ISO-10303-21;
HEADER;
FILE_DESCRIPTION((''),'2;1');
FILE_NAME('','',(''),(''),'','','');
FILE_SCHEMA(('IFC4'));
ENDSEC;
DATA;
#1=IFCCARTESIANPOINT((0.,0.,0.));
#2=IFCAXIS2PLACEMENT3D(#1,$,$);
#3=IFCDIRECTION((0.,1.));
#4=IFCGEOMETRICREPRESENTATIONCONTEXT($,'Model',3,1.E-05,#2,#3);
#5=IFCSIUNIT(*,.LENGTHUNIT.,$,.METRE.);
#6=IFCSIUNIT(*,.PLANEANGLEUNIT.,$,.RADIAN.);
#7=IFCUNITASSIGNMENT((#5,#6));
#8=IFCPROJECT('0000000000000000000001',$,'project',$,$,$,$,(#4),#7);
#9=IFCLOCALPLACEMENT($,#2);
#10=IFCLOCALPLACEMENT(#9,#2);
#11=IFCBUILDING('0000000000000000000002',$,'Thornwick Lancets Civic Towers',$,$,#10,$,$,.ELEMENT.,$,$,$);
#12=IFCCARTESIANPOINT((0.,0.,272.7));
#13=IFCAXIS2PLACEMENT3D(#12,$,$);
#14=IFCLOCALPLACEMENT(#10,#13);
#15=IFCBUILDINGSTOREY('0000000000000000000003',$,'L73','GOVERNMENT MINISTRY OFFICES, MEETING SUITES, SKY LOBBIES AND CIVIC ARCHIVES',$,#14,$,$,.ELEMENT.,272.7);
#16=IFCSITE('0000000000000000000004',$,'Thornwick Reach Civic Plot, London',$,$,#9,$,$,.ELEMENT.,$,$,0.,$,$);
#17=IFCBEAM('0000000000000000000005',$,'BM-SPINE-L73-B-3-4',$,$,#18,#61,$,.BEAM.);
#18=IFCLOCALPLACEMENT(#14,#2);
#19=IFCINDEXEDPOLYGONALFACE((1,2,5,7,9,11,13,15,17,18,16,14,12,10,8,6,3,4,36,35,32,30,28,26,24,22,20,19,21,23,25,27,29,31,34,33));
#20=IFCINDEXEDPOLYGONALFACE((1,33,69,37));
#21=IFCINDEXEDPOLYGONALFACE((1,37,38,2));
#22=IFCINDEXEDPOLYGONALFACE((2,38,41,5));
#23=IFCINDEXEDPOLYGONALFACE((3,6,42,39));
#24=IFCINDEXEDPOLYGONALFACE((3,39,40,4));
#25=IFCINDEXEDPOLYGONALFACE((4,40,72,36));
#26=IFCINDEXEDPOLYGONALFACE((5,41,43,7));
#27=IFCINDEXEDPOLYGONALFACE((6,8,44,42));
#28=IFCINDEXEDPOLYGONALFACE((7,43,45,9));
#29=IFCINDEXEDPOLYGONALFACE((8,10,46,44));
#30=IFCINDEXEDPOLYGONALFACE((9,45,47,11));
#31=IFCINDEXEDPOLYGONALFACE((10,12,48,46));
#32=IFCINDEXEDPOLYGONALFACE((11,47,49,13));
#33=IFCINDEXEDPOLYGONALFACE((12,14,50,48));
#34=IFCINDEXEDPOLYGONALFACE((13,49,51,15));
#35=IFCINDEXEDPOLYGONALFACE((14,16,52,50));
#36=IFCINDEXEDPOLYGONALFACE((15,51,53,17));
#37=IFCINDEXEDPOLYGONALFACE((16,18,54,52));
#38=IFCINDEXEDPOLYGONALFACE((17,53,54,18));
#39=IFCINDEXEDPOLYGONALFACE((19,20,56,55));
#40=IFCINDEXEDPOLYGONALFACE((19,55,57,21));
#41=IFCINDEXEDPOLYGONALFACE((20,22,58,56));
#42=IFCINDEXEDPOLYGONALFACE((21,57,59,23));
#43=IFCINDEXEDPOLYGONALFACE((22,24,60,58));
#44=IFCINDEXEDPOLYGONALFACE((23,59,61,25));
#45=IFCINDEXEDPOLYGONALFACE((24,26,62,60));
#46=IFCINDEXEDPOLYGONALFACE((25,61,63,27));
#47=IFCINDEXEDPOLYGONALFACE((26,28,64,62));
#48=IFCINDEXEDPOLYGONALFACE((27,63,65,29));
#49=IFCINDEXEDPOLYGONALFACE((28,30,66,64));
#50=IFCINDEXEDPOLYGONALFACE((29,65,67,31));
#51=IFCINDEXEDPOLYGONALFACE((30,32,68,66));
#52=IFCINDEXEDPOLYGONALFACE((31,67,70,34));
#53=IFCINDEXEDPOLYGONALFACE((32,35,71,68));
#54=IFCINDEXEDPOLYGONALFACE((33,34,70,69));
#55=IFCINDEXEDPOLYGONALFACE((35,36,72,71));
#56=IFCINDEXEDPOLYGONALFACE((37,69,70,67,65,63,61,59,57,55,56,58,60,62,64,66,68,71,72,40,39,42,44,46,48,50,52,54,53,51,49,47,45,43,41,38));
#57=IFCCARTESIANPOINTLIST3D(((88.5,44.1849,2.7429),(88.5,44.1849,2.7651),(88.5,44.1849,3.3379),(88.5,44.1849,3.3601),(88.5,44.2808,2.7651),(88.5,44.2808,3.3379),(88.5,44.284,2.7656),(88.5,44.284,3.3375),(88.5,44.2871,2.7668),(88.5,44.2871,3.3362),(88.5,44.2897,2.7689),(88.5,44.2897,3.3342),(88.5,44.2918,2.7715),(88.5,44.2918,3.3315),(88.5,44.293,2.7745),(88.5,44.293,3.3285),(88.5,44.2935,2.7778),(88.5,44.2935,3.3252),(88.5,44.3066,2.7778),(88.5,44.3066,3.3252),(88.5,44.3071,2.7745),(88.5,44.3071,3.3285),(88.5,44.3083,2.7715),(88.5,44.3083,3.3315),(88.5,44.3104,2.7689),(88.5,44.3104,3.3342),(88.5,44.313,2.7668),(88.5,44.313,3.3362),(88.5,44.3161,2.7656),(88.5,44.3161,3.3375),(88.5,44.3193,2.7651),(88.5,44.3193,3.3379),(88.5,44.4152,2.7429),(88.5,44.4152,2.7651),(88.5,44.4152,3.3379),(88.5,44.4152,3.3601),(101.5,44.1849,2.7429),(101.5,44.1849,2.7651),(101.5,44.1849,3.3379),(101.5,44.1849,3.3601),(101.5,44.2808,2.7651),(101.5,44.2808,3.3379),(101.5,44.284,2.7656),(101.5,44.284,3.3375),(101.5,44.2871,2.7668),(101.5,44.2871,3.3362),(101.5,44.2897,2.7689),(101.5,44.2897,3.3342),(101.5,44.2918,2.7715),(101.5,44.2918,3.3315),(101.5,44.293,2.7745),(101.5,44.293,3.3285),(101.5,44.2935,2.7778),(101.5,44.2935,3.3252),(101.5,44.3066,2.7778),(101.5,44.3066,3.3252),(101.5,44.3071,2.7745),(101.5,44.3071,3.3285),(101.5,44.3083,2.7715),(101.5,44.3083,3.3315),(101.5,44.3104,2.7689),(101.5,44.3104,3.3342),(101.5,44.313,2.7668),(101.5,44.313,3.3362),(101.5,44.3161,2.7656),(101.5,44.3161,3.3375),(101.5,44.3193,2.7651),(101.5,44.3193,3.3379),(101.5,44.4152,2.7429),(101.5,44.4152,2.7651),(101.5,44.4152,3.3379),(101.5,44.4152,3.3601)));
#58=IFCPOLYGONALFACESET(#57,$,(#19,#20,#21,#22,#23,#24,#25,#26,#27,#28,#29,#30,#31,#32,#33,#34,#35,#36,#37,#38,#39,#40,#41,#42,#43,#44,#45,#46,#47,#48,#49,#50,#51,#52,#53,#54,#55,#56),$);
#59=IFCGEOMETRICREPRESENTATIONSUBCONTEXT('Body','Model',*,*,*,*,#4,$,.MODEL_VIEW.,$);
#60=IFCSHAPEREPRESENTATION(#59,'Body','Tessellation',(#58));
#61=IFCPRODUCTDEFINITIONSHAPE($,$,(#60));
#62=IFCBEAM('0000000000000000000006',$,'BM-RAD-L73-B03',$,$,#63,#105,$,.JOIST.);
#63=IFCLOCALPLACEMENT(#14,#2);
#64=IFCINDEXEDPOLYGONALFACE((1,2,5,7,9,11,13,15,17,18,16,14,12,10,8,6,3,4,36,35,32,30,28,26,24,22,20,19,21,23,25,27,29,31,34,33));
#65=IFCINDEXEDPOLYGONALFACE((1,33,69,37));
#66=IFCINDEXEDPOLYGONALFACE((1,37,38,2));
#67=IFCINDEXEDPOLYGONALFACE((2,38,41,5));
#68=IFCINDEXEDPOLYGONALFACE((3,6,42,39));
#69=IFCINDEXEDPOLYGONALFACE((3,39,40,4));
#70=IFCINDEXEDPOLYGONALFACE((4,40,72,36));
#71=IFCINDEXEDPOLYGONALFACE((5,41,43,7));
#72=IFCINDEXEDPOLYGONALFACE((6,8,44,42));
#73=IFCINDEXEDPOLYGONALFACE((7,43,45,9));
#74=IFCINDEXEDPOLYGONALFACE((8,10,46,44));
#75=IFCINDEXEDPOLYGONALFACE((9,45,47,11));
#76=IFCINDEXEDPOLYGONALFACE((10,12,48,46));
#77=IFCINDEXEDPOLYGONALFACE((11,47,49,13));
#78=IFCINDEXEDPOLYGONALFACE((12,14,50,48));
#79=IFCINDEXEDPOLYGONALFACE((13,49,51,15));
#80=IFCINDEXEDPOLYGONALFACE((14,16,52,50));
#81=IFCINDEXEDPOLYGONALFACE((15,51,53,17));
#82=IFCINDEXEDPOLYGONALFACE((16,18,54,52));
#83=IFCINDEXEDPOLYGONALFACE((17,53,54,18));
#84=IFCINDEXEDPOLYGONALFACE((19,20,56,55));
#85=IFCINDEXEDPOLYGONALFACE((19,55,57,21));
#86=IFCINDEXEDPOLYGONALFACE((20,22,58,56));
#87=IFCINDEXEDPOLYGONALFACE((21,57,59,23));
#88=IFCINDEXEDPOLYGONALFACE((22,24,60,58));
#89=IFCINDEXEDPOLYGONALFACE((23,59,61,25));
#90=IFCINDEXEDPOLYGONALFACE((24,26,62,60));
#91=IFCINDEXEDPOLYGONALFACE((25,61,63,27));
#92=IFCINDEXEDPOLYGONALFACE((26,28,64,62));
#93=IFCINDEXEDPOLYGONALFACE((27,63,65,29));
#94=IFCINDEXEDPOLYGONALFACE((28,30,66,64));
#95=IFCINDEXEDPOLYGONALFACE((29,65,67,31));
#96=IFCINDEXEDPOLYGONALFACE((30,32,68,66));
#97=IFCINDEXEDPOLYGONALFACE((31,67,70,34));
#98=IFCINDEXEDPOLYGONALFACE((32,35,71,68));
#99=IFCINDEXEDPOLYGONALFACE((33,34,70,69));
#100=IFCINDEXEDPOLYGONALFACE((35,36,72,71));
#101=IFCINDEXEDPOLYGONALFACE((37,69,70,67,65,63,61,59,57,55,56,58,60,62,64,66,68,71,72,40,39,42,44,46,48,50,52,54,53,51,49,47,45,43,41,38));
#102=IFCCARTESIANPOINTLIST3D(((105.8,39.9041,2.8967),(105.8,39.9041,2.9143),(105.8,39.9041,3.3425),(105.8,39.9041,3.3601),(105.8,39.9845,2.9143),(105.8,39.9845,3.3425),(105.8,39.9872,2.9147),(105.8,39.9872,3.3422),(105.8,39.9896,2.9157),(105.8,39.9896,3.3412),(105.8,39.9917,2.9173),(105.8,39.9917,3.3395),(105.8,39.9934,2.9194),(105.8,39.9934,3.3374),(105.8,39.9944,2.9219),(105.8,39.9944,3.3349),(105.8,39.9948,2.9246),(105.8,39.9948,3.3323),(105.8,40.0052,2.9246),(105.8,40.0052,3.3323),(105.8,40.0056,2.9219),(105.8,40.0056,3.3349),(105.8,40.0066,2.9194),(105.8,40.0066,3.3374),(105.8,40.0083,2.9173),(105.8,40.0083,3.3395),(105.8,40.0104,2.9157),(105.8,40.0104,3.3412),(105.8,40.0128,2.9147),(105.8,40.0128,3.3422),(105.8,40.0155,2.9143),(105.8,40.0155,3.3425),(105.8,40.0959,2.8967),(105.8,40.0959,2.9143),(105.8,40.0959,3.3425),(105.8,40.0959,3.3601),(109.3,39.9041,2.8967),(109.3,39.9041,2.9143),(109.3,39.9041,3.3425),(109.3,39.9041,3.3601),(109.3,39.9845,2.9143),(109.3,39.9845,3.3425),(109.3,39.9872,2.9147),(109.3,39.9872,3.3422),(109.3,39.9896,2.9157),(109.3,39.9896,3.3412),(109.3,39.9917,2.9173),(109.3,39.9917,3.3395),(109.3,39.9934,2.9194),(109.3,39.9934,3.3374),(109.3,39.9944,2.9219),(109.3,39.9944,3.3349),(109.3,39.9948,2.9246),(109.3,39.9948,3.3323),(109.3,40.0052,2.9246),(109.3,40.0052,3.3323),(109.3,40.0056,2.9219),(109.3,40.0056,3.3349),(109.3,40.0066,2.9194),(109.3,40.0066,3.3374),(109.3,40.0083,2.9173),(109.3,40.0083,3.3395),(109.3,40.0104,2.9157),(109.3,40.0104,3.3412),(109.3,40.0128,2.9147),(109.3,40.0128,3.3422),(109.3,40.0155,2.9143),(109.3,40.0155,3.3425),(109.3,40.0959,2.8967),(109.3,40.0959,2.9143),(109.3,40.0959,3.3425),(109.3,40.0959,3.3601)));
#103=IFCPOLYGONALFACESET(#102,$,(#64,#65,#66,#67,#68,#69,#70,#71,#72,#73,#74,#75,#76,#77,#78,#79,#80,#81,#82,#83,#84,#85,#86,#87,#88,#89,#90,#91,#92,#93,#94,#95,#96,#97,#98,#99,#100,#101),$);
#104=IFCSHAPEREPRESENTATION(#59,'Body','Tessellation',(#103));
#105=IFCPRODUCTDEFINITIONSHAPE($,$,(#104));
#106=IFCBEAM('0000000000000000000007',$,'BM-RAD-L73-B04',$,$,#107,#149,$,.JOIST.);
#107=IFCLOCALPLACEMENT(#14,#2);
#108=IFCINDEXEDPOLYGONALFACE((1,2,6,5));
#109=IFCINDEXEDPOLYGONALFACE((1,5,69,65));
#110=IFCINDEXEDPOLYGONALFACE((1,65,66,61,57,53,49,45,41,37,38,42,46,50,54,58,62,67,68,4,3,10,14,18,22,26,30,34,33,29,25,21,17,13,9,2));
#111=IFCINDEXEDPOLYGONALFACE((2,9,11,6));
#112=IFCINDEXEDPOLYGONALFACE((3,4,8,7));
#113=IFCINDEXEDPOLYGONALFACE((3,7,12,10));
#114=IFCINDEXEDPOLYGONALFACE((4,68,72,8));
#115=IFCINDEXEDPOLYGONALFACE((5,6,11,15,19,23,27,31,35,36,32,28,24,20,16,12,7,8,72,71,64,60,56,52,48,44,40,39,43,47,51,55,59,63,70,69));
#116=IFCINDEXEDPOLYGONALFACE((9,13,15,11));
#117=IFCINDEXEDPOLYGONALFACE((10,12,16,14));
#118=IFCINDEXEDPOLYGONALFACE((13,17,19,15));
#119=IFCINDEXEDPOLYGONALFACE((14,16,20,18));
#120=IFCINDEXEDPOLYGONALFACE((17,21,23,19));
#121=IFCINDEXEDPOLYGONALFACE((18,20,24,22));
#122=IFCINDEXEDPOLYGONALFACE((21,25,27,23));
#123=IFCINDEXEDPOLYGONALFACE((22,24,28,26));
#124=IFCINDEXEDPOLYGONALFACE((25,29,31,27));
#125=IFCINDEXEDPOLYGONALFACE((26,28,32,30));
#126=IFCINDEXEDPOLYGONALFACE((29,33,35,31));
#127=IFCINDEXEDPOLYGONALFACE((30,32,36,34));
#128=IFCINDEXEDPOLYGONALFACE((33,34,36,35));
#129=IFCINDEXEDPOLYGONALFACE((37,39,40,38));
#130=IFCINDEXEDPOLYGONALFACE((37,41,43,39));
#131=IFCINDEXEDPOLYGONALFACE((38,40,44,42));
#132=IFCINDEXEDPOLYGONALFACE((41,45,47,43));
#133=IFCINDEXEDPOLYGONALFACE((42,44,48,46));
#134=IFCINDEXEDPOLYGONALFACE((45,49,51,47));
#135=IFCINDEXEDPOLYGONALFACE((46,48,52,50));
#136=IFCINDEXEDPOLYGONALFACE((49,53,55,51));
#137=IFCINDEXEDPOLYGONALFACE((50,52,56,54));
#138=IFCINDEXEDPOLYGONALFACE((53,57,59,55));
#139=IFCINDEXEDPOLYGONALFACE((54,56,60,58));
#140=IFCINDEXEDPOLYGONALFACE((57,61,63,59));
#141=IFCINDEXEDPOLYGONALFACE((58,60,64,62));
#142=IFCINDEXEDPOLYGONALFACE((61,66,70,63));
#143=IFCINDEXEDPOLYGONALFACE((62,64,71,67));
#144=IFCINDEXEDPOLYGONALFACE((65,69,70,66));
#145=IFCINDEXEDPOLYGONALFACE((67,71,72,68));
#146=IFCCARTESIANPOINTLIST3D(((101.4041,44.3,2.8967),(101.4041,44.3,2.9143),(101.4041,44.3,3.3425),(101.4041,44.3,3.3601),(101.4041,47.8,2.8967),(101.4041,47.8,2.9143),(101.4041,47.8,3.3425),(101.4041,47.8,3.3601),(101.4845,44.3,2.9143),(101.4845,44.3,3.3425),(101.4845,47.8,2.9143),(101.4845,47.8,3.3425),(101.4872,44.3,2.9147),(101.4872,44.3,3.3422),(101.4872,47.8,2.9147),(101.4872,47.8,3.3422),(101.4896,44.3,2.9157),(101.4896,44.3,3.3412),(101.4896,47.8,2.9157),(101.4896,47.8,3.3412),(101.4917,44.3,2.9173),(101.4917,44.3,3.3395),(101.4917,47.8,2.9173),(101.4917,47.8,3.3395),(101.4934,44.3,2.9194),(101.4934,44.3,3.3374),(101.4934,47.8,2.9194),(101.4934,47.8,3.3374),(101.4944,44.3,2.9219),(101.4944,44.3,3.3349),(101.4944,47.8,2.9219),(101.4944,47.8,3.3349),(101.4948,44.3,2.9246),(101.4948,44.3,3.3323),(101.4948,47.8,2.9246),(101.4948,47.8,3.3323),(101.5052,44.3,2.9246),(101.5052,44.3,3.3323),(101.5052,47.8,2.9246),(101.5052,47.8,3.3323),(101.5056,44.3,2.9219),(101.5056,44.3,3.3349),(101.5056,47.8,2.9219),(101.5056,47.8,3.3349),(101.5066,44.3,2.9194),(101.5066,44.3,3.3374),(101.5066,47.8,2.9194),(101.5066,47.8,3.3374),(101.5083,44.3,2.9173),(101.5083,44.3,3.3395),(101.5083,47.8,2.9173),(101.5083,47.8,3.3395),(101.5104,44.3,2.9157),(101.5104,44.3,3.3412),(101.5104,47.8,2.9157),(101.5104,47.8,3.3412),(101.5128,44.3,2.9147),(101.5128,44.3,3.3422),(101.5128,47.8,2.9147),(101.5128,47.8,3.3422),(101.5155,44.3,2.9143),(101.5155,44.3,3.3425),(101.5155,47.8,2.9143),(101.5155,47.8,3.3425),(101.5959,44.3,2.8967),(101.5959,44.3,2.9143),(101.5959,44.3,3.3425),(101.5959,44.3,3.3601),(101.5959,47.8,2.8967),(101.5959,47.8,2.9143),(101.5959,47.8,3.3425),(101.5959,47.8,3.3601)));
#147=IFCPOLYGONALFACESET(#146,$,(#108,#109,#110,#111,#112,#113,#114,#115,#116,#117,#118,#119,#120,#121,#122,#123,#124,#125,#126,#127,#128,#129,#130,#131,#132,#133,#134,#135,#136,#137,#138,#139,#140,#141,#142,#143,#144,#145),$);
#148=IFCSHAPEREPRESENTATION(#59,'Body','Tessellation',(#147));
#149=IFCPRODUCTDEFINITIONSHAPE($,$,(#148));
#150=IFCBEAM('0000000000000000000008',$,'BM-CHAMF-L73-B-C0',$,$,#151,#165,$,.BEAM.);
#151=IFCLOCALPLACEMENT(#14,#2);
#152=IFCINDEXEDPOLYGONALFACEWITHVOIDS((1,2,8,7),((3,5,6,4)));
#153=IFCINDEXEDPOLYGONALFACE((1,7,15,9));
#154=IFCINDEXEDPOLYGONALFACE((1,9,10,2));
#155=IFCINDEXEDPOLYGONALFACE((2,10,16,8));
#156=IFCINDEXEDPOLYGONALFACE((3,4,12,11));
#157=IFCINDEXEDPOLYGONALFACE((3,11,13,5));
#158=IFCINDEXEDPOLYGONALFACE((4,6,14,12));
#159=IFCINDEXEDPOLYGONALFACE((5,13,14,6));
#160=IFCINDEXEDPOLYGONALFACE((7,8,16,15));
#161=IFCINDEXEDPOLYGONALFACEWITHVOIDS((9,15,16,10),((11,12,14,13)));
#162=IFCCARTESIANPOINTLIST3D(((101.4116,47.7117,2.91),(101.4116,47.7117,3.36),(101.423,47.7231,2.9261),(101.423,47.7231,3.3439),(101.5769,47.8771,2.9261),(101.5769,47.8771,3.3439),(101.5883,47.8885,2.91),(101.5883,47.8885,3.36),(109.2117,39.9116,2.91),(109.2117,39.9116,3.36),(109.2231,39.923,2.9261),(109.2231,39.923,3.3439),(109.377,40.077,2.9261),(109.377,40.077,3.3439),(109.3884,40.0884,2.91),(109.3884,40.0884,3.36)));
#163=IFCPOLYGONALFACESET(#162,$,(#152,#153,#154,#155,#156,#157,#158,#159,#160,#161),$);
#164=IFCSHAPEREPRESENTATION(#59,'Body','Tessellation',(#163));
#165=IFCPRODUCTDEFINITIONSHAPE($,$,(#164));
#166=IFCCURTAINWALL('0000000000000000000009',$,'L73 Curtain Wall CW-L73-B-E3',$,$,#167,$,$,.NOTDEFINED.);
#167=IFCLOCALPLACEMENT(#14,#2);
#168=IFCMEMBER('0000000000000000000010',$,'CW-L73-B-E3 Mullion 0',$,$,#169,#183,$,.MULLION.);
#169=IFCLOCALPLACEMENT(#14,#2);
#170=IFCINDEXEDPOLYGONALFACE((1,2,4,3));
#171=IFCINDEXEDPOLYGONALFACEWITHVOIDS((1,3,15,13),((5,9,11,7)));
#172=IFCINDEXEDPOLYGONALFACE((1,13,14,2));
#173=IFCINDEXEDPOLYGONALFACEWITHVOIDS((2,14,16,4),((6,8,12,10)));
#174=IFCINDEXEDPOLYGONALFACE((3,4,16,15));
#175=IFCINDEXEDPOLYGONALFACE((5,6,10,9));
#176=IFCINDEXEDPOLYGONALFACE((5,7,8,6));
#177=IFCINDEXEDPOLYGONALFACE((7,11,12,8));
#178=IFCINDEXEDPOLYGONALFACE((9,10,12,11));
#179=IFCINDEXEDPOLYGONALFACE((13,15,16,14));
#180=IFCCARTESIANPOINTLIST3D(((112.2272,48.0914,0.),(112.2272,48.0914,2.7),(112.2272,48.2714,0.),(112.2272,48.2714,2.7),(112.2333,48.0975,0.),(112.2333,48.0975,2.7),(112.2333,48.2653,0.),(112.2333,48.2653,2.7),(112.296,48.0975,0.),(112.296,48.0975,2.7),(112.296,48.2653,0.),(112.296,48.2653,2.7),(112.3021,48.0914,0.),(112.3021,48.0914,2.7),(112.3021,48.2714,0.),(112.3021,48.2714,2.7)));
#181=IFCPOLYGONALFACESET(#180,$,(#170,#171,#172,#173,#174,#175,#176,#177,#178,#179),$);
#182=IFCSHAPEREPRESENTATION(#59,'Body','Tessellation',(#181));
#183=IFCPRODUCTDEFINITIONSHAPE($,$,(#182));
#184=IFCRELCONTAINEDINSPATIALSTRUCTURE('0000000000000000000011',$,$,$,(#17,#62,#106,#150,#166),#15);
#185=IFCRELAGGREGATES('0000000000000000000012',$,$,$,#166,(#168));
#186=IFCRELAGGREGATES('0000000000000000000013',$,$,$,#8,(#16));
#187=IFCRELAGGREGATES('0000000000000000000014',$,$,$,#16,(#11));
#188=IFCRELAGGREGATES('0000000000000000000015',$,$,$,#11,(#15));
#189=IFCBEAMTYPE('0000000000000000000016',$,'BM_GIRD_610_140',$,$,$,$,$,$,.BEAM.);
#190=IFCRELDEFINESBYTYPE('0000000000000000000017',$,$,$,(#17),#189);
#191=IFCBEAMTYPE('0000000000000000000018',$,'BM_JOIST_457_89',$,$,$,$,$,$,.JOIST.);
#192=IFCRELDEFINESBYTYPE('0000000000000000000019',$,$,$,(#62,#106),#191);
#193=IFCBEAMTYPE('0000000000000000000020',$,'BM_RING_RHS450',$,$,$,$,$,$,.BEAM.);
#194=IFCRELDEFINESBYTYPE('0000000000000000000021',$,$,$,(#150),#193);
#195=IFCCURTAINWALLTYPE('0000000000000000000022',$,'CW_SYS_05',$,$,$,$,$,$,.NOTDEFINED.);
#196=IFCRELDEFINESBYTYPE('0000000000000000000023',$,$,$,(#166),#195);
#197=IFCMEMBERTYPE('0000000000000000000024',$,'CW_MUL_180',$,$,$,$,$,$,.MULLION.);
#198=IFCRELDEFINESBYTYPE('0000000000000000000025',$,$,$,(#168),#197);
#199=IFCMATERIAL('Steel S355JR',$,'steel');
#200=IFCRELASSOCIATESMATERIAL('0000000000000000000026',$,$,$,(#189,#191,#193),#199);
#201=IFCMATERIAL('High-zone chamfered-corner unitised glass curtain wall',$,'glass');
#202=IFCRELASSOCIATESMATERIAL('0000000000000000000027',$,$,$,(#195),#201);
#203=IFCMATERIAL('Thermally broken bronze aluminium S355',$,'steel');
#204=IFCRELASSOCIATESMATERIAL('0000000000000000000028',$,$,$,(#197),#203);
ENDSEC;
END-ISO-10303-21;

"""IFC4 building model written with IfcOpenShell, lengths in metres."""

from ifc_helpers import new_model, si_unit, direction, frame, origin, origin_2d, place, context, subcontext, project, spatial, hollow_rectangle, i_section, extrude, material, material_profile, profile_set, type_object, element, aggregate, save


model = new_model("IFC4")

# Units and contexts
model_context = context("Model", 3, precision=1e-05, world=origin(), true_north=direction((0.0, 1.0)))
body_context = subcontext(model_context, "Body", "Model", "MODEL_VIEW")
ifc_project = project(units=[si_unit("LENGTHUNIT", "METRE"), si_unit("PLANEANGLEUNIT", "RADIAN")], contexts=[model_context])

# Site, building, storey
site_placement = place(None, origin())
site = spatial("IfcSite", under=ifc_project, at=site_placement, Name="Thornwick Reach Civic Plot, London", CompositionType="ELEMENT", RefElevation=0.0)
building_placement = place(site_placement, origin())
building = spatial("IfcBuilding", under=site, at=building_placement, Name="Thornwick Lancets Civic Towers", CompositionType="ELEMENT")
storey_placement = place(building_placement, frame((0.0, 0.0, 272.7)))
storey = spatial("IfcBuildingStorey", under=building, at=storey_placement, Name="L73", Description="GOVERNMENT MINISTRY OFFICES, MEETING SUITES, SKY LOBBIES AND CIVIC ARCHIVES", CompositionType="ELEMENT", Elevation=272.7)

# Shared definitions
ifc_material_1 = material(Name="Steel S355JR", Category="steel")

# Beams
ifc_material_profile_1 = material_profile(ifc_material_1, i_section(OverallWidth=0.2302, OverallDepth=0.6172, WebThickness=0.0132, FlangeThickness=0.0222, FilletRadius=0.0127, at=origin_2d()), Name="UKB 610x229x140")
ifc_profile_set_1 = profile_set([ifc_material_profile_1], Name="Steel S355JR")
beam_type_1 = type_object("IfcBeamType", Name="BM_GIRD_610_140", PredefinedType="BEAM", material=ifc_profile_set_1)
beam_1_placement = place(storey_placement, frame((101.5, 44.3, 3.0515), z_axis=(-1.0, 0.0, 0.0), x_axis=(0.0, -1.0, 0.0)))
element("IfcBeam", 1, at=beam_1_placement, inside=storey, type_object=beam_type_1, Name="BM-SPINE-L73-B-3-4", PredefinedType="BEAM", context=body_context, shape_type="SweptSolid", body=[
    extrude(i_section(OverallWidth=0.2302, OverallDepth=0.6172, WebThickness=0.0132, FlangeThickness=0.0222, FilletRadius=0.0127, at=origin_2d()), origin(), (0.0, 0.0, 1.0), 13.0),
])
ifc_material_profile_2 = material_profile(ifc_material_1, i_section(OverallWidth=0.1919, OverallDepth=0.4634, WebThickness=0.0105, FlangeThickness=0.0176, FilletRadius=0.0103, at=origin_2d()), Name="UKB 457x191x89")
ifc_profile_set_2 = profile_set([ifc_material_profile_2], Name="Steel S355JR")
beam_type_2 = type_object("IfcBeamType", Name="BM_JOIST_457_89", PredefinedType="JOIST", material=ifc_profile_set_2)
for number, where, z_axis, x_axis, name in (
    (2, (105.8, 40.0, 3.1284), (1.0, 0.0, 0.0), (0.0, 1.0, 0.0), "BM-RAD-L73-B03"),
    (3, (101.5, 44.3, 3.1284), (0.0, 1.0, 0.0), (-1.0, 0.0, 0.0), "BM-RAD-L73-B04"),
):
    element("IfcBeam", number, at=place(storey_placement, frame(where, z_axis=z_axis, x_axis=x_axis)), inside=storey, type_object=beam_type_2, Name=name, PredefinedType="JOIST", context=body_context, shape_type="SweptSolid", body=[
        extrude(i_section(OverallWidth=0.1919, OverallDepth=0.4634, WebThickness=0.0105, FlangeThickness=0.0176, FilletRadius=0.0103, at=origin_2d()), origin(), (0.0, 0.0, 1.0), 3.5),
    ])
ifc_material_profile_3 = material_profile(ifc_material_1, hollow_rectangle(XDim=0.25, YDim=0.45, WallThickness=0.0161, at=origin_2d()), Name="RHS 450x250x16")
ifc_profile_set_3 = profile_set([ifc_material_profile_3], Name="Steel S355JR")
beam_type_3 = type_object("IfcBeamType", Name="BM_RING_RHS450", PredefinedType="BEAM", material=ifc_profile_set_3)
beam_2_placement = place(storey_placement, frame((109.3, 40.0, 3.135), z_axis=(-0.707107, 0.707107, 0.0), x_axis=(-0.707107, -0.707107, 0.0)))
element("IfcBeam", 4, at=beam_2_placement, inside=storey, type_object=beam_type_3, Name="BM-CHAMF-L73-B-C0", PredefinedType="BEAM", context=body_context, shape_type="SweptSolid", body=[
    extrude(hollow_rectangle(XDim=0.25, YDim=0.45, WallThickness=0.0161, at=origin_2d()), origin(), (0.0, 0.0, 1.0), 11.031),
])

# Curtain wall, member
ifc_material_2 = material(Name="High-zone chamfered-corner unitised glass curtain wall", Category="glass")
curtain_wall_type = type_object("IfcCurtainWallType", Name="CW_SYS_05", PredefinedType="NOTDEFINED", material=ifc_material_2)
curtain_wall_placement = place(storey_placement, origin())
curtain_wall = element("IfcCurtainWall", 5, at=curtain_wall_placement, inside=storey, type_object=curtain_wall_type, Name="L73 Curtain Wall CW-L73-B-E3", PredefinedType="NOTDEFINED")
ifc_material_3 = material(Name="Thermally broken bronze aluminium S355", Category="steel")
ifc_material_profile_4 = material_profile(ifc_material_3, hollow_rectangle(XDim=0.075, YDim=0.1799, WallThickness=0.0061, at=origin_2d()), Name="RHS 180x75x6")
ifc_profile_set_4 = profile_set([ifc_material_profile_4], Name="Thermally broken bronze aluminium S355")
member_type_1 = type_object("IfcMemberType", Name="CW_MUL_180", PredefinedType="MULLION", material=ifc_profile_set_4)
member_1_placement = place(storey_placement, frame((112.2646, 48.1814, 0.0), z_axis=(0.0, 0.0, 1.0), x_axis=(1.0, 0.0, 0.0)))
member_1 = element("IfcMember", 6, at=member_1_placement, type_object=member_type_1, Name="CW-L73-B-E3 Mullion 0", PredefinedType="MULLION", context=body_context, shape_type="SweptSolid", body=[
    extrude(hollow_rectangle(XDim=0.075, YDim=0.1799, WallThickness=0.0061, at=origin_2d()), origin(), (0.0, 0.0, 1.0), 2.7),
])
aggregate(curtain_wall, [member_1])

save(model, "model.ifc")
